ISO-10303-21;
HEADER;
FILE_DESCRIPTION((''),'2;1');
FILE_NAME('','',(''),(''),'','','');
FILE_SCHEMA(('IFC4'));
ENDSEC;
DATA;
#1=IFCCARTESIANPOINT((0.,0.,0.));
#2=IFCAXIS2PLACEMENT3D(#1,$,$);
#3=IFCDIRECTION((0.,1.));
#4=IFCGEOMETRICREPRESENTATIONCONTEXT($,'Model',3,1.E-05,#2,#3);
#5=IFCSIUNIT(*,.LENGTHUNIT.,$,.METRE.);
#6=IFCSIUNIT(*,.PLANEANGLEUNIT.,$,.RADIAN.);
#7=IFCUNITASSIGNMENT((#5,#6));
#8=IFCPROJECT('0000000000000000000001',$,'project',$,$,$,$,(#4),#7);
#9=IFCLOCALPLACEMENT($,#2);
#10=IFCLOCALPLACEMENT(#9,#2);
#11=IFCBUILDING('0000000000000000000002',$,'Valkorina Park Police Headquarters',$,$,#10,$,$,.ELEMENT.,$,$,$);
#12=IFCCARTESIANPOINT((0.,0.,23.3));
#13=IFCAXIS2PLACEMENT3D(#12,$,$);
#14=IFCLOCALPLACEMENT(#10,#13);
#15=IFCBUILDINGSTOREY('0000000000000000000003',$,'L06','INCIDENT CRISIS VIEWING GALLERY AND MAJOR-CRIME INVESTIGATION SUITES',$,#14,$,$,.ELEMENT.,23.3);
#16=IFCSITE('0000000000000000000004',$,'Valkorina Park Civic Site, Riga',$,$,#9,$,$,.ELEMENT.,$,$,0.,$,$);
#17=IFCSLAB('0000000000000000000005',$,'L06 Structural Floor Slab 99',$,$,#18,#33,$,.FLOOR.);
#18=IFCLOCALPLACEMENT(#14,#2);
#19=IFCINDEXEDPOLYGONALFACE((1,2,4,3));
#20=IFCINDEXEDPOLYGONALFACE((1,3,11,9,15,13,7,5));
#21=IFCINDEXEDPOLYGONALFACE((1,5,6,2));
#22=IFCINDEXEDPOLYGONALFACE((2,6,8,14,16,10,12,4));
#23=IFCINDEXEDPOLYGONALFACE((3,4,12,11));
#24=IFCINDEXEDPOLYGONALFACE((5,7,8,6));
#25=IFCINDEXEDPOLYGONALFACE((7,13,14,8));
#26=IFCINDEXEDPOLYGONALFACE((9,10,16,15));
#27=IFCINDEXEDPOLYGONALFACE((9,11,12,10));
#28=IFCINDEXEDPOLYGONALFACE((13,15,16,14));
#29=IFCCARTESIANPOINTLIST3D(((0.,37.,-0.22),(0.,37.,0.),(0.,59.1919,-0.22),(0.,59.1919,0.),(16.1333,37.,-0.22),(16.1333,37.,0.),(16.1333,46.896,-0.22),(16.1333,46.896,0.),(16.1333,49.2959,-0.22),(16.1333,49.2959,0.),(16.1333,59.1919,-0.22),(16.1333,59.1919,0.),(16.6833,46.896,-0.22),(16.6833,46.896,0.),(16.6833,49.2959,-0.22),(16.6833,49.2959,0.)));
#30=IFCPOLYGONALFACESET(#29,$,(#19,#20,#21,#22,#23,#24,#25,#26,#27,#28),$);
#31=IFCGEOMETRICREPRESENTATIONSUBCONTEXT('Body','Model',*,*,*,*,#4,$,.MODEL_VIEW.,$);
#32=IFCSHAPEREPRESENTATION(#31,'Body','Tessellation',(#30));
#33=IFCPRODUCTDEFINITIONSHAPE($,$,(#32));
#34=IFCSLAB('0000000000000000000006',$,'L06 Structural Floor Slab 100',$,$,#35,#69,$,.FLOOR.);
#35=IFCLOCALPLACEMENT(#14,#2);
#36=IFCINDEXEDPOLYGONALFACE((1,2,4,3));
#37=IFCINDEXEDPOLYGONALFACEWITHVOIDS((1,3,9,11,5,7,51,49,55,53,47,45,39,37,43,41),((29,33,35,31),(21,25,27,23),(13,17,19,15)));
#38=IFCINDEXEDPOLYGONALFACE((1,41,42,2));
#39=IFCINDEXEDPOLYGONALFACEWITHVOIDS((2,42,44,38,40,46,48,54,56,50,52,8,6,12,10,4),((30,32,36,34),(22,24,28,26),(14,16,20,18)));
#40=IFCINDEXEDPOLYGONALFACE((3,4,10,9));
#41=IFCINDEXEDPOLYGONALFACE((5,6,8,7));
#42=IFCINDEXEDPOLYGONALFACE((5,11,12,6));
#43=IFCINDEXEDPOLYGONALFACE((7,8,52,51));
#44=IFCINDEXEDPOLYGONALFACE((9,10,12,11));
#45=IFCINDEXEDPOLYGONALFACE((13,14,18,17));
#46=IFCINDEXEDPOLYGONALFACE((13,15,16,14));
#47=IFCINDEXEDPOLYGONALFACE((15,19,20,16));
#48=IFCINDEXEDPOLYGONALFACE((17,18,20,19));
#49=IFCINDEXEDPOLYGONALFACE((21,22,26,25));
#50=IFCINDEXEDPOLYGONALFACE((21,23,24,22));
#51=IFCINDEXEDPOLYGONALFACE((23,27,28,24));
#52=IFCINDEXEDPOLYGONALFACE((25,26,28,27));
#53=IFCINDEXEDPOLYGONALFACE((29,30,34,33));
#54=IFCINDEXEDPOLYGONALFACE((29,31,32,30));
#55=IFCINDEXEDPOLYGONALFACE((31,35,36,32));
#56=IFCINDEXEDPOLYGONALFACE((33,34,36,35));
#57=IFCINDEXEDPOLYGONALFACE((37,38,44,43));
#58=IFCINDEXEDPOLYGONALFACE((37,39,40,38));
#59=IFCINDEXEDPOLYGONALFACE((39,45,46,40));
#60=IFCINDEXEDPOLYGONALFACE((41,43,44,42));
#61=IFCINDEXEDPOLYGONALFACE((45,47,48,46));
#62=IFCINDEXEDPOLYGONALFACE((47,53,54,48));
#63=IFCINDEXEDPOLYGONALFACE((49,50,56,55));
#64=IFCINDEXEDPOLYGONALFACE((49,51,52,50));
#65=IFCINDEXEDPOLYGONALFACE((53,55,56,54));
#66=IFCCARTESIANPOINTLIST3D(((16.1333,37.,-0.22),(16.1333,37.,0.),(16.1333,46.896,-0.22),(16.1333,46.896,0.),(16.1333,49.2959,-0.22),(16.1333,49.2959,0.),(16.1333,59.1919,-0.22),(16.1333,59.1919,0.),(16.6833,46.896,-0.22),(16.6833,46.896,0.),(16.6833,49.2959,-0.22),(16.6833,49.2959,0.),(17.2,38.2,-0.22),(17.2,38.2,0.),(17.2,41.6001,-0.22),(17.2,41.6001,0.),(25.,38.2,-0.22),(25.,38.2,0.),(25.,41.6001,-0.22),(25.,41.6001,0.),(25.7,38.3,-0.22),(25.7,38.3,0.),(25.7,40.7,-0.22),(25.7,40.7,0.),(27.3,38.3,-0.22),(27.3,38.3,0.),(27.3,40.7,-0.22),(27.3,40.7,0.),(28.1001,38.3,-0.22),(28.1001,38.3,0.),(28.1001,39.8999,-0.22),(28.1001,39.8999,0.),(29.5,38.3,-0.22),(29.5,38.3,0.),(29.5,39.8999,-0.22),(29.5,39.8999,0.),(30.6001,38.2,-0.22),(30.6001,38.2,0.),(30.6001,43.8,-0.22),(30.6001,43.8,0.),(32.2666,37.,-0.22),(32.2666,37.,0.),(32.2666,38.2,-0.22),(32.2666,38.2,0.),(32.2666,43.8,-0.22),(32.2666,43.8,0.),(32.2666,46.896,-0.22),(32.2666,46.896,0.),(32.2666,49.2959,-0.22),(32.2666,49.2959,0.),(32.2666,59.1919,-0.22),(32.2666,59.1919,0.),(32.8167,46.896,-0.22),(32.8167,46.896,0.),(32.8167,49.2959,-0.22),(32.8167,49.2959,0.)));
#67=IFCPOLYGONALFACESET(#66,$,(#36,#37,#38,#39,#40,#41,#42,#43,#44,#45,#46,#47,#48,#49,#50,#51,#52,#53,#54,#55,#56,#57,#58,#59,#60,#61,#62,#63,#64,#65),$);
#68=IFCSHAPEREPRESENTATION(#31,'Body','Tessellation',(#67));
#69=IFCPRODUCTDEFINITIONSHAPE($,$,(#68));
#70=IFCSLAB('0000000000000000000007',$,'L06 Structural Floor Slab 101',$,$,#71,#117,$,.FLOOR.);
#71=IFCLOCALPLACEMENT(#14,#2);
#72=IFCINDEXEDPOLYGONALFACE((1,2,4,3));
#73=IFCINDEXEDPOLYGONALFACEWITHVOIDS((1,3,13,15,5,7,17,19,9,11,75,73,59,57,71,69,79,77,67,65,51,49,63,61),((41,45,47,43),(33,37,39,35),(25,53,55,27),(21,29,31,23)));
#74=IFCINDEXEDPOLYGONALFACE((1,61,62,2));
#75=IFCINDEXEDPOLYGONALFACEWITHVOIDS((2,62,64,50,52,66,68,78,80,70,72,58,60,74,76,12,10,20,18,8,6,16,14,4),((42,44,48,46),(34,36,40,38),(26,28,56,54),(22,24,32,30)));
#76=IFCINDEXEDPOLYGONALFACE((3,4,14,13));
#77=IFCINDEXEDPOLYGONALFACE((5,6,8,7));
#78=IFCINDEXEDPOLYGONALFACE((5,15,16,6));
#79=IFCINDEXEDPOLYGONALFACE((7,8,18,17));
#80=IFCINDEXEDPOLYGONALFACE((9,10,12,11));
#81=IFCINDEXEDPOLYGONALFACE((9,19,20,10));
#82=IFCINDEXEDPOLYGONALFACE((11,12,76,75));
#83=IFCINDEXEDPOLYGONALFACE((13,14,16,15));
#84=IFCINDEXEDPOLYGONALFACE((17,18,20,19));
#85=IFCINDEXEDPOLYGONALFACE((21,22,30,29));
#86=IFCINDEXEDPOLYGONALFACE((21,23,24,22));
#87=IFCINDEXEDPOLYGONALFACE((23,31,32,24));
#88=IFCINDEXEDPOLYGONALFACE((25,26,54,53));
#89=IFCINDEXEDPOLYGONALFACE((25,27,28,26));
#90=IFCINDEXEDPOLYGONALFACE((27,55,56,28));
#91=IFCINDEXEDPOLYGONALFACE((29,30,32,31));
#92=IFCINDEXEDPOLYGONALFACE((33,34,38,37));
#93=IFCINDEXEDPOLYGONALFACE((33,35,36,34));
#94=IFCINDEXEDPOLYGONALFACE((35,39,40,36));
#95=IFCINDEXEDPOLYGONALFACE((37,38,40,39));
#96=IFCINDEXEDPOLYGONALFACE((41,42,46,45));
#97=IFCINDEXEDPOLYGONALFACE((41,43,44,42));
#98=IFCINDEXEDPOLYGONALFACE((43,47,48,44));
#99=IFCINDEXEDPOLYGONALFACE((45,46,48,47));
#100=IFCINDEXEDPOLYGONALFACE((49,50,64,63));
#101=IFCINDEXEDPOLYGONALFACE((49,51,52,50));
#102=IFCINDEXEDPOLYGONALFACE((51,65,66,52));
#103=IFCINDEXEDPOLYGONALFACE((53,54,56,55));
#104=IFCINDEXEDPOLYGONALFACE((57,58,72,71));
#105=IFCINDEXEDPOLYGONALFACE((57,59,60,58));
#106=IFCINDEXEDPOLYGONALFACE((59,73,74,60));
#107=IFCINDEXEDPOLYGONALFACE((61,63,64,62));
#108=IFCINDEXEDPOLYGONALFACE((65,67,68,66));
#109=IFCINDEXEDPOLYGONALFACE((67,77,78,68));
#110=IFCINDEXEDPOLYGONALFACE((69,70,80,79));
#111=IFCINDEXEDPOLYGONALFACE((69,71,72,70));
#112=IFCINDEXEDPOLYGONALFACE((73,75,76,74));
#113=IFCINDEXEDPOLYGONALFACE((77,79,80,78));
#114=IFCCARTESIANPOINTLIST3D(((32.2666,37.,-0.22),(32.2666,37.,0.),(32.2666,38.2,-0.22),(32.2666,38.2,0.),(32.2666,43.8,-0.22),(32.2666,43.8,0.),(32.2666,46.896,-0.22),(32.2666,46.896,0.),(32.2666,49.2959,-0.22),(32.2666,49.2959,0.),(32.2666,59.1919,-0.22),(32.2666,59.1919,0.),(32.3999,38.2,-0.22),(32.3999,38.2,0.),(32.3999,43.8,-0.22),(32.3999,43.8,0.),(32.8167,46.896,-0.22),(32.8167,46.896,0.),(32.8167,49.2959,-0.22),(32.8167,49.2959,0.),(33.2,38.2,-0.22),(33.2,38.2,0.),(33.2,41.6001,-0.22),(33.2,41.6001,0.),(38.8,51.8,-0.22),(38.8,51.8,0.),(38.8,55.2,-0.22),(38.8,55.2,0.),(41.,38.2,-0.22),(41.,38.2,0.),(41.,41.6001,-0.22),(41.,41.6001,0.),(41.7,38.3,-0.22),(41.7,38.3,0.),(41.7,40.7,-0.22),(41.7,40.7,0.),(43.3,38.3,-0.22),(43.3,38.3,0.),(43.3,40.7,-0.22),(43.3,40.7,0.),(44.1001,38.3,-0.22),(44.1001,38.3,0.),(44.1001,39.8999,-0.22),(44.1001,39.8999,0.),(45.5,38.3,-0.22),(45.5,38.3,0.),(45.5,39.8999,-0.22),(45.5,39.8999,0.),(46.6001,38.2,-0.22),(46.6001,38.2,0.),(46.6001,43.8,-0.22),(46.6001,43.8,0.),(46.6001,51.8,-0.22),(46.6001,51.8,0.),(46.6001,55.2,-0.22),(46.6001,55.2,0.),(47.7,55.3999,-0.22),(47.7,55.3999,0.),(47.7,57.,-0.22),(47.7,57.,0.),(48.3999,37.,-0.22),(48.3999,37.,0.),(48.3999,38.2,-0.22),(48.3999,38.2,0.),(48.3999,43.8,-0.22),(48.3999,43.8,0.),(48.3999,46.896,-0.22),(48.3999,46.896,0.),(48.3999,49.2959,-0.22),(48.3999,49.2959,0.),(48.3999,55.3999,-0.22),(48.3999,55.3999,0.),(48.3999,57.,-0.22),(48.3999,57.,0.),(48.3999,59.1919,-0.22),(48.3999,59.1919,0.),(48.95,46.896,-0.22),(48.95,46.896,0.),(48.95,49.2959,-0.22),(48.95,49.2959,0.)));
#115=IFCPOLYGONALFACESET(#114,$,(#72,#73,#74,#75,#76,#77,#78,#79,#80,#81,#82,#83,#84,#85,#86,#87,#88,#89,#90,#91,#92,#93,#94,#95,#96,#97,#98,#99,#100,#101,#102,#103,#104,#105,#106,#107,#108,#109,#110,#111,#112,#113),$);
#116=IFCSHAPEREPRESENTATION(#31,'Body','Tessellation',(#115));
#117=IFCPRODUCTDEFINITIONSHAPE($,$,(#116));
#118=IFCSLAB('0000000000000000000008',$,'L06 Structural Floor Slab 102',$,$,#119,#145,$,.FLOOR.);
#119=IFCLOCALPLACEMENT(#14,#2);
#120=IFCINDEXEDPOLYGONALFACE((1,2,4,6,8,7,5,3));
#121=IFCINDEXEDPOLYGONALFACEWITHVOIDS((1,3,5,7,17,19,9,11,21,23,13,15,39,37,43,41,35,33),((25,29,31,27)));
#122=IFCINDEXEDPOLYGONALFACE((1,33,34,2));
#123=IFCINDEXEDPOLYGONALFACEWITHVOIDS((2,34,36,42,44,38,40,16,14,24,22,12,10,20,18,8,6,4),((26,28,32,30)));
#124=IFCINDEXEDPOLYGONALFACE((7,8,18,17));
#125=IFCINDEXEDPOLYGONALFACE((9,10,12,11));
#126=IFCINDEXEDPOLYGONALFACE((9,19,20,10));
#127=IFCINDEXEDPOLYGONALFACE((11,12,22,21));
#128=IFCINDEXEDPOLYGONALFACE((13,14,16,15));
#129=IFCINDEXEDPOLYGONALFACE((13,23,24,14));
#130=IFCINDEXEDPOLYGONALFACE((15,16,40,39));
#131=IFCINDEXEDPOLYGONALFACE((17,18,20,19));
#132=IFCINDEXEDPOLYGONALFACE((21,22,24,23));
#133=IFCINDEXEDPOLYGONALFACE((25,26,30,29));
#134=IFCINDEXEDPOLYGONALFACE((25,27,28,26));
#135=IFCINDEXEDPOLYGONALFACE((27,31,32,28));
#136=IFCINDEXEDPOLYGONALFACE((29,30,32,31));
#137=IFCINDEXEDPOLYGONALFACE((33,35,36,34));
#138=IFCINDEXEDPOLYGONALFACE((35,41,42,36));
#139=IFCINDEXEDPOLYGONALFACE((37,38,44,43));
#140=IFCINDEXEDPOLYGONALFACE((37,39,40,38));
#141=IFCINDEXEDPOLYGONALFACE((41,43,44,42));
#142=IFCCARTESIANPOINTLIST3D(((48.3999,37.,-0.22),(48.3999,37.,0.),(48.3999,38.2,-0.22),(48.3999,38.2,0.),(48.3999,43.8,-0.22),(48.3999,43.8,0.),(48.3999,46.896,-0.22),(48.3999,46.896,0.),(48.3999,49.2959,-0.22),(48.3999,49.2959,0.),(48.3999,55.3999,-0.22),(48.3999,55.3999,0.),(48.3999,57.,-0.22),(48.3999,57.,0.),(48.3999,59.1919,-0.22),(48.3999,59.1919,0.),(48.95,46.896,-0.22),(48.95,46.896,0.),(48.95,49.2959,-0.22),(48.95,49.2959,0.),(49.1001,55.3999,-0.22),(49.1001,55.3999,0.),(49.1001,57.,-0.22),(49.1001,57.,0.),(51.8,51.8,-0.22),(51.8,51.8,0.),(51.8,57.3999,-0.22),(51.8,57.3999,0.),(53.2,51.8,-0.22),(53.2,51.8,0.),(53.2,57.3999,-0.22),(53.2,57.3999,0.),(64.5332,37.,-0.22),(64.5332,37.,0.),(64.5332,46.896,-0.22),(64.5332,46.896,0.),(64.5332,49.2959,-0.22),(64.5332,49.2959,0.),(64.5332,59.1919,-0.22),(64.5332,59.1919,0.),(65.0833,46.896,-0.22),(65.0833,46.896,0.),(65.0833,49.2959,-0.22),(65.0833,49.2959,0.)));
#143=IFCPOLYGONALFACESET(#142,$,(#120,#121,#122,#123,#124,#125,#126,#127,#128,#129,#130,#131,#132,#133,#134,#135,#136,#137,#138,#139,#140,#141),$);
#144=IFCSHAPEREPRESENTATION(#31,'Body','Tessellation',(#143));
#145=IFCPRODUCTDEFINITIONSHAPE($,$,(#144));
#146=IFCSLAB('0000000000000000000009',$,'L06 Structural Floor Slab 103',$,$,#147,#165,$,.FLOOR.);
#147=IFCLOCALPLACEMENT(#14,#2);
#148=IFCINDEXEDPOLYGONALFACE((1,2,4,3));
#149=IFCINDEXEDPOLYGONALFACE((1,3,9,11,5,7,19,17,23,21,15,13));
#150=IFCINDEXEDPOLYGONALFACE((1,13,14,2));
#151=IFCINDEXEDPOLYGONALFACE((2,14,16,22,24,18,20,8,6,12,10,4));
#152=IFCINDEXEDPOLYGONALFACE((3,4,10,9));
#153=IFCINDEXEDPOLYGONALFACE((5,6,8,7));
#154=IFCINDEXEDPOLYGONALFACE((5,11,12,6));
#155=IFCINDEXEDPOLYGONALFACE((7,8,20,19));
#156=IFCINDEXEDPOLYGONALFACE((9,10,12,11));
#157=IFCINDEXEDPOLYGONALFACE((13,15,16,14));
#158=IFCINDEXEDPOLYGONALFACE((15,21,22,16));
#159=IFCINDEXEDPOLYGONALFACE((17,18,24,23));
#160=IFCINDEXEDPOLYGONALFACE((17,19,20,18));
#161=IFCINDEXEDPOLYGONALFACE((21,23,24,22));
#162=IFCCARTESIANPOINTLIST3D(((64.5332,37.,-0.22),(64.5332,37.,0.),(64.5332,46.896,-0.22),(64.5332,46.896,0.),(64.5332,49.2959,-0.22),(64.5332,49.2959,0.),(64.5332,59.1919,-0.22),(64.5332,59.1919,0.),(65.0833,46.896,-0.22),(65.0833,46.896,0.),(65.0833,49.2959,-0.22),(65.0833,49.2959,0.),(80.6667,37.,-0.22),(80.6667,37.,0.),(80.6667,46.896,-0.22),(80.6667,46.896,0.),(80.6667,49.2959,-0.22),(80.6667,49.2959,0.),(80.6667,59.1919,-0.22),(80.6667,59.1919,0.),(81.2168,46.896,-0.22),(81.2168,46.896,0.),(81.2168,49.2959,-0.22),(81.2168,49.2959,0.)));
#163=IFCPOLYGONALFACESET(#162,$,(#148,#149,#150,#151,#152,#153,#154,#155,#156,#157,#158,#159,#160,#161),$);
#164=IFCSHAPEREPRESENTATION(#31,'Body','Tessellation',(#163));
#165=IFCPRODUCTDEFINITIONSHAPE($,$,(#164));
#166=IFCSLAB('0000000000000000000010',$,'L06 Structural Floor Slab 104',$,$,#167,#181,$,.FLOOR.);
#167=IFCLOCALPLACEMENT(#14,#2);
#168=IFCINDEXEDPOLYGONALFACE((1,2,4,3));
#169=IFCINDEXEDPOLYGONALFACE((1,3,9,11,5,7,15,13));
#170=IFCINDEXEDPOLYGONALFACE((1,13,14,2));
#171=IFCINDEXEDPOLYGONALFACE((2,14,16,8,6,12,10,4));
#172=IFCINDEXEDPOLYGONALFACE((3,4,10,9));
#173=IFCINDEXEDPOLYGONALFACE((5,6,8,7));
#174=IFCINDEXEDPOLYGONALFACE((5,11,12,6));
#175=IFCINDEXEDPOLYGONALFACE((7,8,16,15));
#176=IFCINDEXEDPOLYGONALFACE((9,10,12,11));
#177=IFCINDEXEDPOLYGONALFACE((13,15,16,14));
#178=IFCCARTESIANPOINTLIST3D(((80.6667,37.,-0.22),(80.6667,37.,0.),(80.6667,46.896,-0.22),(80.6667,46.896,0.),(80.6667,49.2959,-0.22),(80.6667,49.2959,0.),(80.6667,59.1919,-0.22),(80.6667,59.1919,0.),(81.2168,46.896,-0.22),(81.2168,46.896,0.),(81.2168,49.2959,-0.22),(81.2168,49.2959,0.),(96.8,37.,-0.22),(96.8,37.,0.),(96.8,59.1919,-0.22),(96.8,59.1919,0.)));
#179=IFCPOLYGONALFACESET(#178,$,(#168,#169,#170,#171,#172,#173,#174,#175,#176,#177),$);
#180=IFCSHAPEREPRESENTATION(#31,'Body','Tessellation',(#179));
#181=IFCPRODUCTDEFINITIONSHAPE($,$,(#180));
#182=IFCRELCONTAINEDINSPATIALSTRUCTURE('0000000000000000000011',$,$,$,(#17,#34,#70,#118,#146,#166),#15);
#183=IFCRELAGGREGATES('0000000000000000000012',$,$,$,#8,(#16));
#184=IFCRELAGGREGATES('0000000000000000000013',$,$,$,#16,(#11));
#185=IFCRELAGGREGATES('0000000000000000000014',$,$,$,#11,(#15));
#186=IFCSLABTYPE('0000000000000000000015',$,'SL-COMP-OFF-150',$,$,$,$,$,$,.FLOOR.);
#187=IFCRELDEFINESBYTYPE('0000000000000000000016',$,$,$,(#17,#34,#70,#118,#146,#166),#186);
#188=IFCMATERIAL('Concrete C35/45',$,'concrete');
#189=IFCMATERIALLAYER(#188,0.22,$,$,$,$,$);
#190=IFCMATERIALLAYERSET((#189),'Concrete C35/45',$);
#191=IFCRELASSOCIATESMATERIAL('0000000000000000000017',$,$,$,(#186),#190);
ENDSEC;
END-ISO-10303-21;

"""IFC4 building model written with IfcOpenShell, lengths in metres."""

from ifc_helpers import new_model, si_unit, direction, frame, origin, place, context, subcontext, project, spatial, polyline, outline, extrude, material, layer, layer_set, type_object, element, save


model = new_model("IFC4")

# Units and contexts
model_context = context("Model", 3, precision=1e-05, world=origin(), true_north=direction((0.0, 1.0)))
body_context = subcontext(model_context, "Body", "Model", "MODEL_VIEW")
ifc_project = project(units=[si_unit("LENGTHUNIT", "METRE"), si_unit("PLANEANGLEUNIT", "RADIAN")], contexts=[model_context])

# Site, building, storey
site_placement = place(None, origin())
site = spatial("IfcSite", under=ifc_project, at=site_placement, Name="Valkorina Park Civic Site, Riga", CompositionType="ELEMENT", RefElevation=0.0)
building_placement = place(site_placement, origin())
building = spatial("IfcBuilding", under=site, at=building_placement, Name="Valkorina Park Police Headquarters", CompositionType="ELEMENT")
storey_placement = place(building_placement, frame((0.0, 0.0, 23.3)))
storey = spatial("IfcBuildingStorey", under=building, at=storey_placement, Name="L06", Description="INCIDENT CRISIS VIEWING GALLERY AND MAJOR-CRIME INVESTIGATION SUITES", CompositionType="ELEMENT", Elevation=23.3)

# Slabs
ifc_material_1 = material(Name="Concrete C35/45", Category="concrete")
ifc_layer_1 = layer(ifc_material_1, 0.22)
ifc_layer_set_1 = layer_set([ifc_layer_1], Name="Concrete C35/45")
slab_type_1 = type_object("IfcSlabType", Name="SL-COMP-OFF-150", PredefinedType="FLOOR", material=ifc_layer_set_1)
slab_1_placement = place(storey_placement, frame((0.0, 0.0, -0.22)))
element("IfcSlab", 1, at=slab_1_placement, inside=storey, type_object=slab_type_1, Name="L06 Structural Floor Slab 99", PredefinedType="FLOOR", context=body_context, shape_type="SweptSolid", body=[
    extrude(outline(polyline([(16.6833, 49.2959), (16.1333, 49.2959), (16.1333, 59.1919), (0.0, 59.1919), (0.0, 37.0), (16.1333, 37.0), (16.1333, 46.896), (16.6833, 46.896), (16.6833, 49.2959)])), origin(), (0.0, 0.0, 1.0), 0.22),
])
slab_2_placement = place(storey_placement, frame((0.0, 0.0, -0.22)))
element("IfcSlab", 2, at=slab_2_placement, inside=storey, type_object=slab_type_1, Name="L06 Structural Floor Slab 100", PredefinedType="FLOOR", context=body_context, shape_type="SweptSolid", body=[
    extrude(outline(polyline([(32.8167, 49.2959), (32.2666, 49.2959), (32.2666, 59.1919), (16.1333, 59.1919), (16.1333, 49.2959), (16.6833, 49.2959), (16.6833, 46.896), (16.1333, 46.896), (16.1333, 37.0), (32.2666, 37.0), (32.2666, 38.2), (30.6001, 38.2), (30.6001, 43.8), (32.2666, 43.8), (32.2666, 46.896), (32.8167, 46.896), (32.8167, 49.2959)]), holes=[polyline([(29.5, 39.8999), (29.5, 38.3), (28.1001, 38.3), (28.1001, 39.8999), (29.5, 39.8999)]), polyline([(27.3, 38.3), (25.7, 38.3), (25.7, 40.7), (27.3, 40.7), (27.3, 38.3)]), polyline([(17.2, 38.2), (17.2, 41.6001), (25.0, 41.6001), (25.0, 38.2), (17.2, 38.2)])]), origin(), (0.0, 0.0, 1.0), 0.22),
])
slab_3_placement = place(storey_placement, frame((0.0, 0.0, -0.22)))
element("IfcSlab", 3, at=slab_3_placement, inside=storey, type_object=slab_type_1, Name="L06 Structural Floor Slab 101", PredefinedType="FLOOR", context=body_context, shape_type="SweptSolid", body=[
    extrude(outline(polyline([(48.95, 49.2959), (48.3999, 49.2959), (48.3999, 55.3999), (47.7, 55.3999), (47.7, 57.0), (48.3999, 57.0), (48.3999, 59.1919), (32.2666, 59.1919), (32.2666, 49.2959), (32.8167, 49.2959), (32.8167, 46.896), (32.2666, 46.896), (32.2666, 43.8), (32.3999, 43.8), (32.3999, 38.2), (32.2666, 38.2), (32.2666, 37.0), (48.3999, 37.0), (48.3999, 38.2), (46.6001, 38.2), (46.6001, 43.8), (48.3999, 43.8), (48.3999, 46.896), (48.95, 46.896), (48.95, 49.2959)]), holes=[polyline([(43.3, 38.3), (41.7, 38.3), (41.7, 40.7), (43.3, 40.7), (43.3, 38.3)]), polyline([(33.2, 38.2), (33.2, 41.6001), (41.0, 41.6001), (41.0, 38.2), (33.2, 38.2)]), polyline([(38.8, 51.8), (38.8, 55.2), (46.6001, 55.2), (46.6001, 51.8), (38.8, 51.8)]), polyline([(45.5, 39.8999), (45.5, 38.3), (44.1001, 38.3), (44.1001, 39.8999), (45.5, 39.8999)])]), origin(), (0.0, 0.0, 1.0), 0.22),
])
slab_4_placement = place(storey_placement, frame((0.0, 0.0, -0.22)))
element("IfcSlab", 4, at=slab_4_placement, inside=storey, type_object=slab_type_1, Name="L06 Structural Floor Slab 102", PredefinedType="FLOOR", context=body_context, shape_type="SweptSolid", body=[
    extrude(outline(polyline([(65.0833, 49.2959), (64.5332, 49.2959), (64.5332, 59.1919), (48.3999, 59.1919), (48.3999, 57.0), (49.1001, 57.0), (49.1001, 55.3999), (48.3999, 55.3999), (48.3999, 49.2959), (48.95, 49.2959), (48.95, 46.896), (48.3999, 46.896), (48.3999, 43.8), (48.3999, 38.2), (48.3999, 37.0), (64.5332, 37.0), (64.5332, 46.896), (65.0833, 46.896), (65.0833, 49.2959)]), holes=[polyline([(53.2, 51.8), (51.8, 51.8), (51.8, 57.3999), (53.2, 57.3999), (53.2, 51.8)])]), origin(), (0.0, 0.0, 1.0), 0.22),
])
slab_5_placement = place(storey_placement, frame((0.0, 0.0, -0.22)))
element("IfcSlab", 5, at=slab_5_placement, inside=storey, type_object=slab_type_1, Name="L06 Structural Floor Slab 103", PredefinedType="FLOOR", context=body_context, shape_type="SweptSolid", body=[
    extrude(outline(polyline([(81.2168, 49.2959), (80.6667, 49.2959), (80.6667, 59.1919), (64.5332, 59.1919), (64.5332, 49.2959), (65.0833, 49.2959), (65.0833, 46.896), (64.5332, 46.896), (64.5332, 37.0), (80.6667, 37.0), (80.6667, 46.896), (81.2168, 46.896), (81.2168, 49.2959)])), origin(), (0.0, 0.0, 1.0), 0.22),
])
slab_6_placement = place(storey_placement, frame((0.0, 0.0, -0.22)))
element("IfcSlab", 6, at=slab_6_placement, inside=storey, type_object=slab_type_1, Name="L06 Structural Floor Slab 104", PredefinedType="FLOOR", context=body_context, shape_type="SweptSolid", body=[
    extrude(outline(polyline([(80.6667, 59.1919), (80.6667, 49.2959), (81.2168, 49.2959), (81.2168, 46.896), (80.6667, 46.896), (80.6667, 37.0), (96.8, 37.0), (96.8, 59.1919), (80.6667, 59.1919)])), origin(), (0.0, 0.0, 1.0), 0.22),
])

save(model, "model.ifc")
